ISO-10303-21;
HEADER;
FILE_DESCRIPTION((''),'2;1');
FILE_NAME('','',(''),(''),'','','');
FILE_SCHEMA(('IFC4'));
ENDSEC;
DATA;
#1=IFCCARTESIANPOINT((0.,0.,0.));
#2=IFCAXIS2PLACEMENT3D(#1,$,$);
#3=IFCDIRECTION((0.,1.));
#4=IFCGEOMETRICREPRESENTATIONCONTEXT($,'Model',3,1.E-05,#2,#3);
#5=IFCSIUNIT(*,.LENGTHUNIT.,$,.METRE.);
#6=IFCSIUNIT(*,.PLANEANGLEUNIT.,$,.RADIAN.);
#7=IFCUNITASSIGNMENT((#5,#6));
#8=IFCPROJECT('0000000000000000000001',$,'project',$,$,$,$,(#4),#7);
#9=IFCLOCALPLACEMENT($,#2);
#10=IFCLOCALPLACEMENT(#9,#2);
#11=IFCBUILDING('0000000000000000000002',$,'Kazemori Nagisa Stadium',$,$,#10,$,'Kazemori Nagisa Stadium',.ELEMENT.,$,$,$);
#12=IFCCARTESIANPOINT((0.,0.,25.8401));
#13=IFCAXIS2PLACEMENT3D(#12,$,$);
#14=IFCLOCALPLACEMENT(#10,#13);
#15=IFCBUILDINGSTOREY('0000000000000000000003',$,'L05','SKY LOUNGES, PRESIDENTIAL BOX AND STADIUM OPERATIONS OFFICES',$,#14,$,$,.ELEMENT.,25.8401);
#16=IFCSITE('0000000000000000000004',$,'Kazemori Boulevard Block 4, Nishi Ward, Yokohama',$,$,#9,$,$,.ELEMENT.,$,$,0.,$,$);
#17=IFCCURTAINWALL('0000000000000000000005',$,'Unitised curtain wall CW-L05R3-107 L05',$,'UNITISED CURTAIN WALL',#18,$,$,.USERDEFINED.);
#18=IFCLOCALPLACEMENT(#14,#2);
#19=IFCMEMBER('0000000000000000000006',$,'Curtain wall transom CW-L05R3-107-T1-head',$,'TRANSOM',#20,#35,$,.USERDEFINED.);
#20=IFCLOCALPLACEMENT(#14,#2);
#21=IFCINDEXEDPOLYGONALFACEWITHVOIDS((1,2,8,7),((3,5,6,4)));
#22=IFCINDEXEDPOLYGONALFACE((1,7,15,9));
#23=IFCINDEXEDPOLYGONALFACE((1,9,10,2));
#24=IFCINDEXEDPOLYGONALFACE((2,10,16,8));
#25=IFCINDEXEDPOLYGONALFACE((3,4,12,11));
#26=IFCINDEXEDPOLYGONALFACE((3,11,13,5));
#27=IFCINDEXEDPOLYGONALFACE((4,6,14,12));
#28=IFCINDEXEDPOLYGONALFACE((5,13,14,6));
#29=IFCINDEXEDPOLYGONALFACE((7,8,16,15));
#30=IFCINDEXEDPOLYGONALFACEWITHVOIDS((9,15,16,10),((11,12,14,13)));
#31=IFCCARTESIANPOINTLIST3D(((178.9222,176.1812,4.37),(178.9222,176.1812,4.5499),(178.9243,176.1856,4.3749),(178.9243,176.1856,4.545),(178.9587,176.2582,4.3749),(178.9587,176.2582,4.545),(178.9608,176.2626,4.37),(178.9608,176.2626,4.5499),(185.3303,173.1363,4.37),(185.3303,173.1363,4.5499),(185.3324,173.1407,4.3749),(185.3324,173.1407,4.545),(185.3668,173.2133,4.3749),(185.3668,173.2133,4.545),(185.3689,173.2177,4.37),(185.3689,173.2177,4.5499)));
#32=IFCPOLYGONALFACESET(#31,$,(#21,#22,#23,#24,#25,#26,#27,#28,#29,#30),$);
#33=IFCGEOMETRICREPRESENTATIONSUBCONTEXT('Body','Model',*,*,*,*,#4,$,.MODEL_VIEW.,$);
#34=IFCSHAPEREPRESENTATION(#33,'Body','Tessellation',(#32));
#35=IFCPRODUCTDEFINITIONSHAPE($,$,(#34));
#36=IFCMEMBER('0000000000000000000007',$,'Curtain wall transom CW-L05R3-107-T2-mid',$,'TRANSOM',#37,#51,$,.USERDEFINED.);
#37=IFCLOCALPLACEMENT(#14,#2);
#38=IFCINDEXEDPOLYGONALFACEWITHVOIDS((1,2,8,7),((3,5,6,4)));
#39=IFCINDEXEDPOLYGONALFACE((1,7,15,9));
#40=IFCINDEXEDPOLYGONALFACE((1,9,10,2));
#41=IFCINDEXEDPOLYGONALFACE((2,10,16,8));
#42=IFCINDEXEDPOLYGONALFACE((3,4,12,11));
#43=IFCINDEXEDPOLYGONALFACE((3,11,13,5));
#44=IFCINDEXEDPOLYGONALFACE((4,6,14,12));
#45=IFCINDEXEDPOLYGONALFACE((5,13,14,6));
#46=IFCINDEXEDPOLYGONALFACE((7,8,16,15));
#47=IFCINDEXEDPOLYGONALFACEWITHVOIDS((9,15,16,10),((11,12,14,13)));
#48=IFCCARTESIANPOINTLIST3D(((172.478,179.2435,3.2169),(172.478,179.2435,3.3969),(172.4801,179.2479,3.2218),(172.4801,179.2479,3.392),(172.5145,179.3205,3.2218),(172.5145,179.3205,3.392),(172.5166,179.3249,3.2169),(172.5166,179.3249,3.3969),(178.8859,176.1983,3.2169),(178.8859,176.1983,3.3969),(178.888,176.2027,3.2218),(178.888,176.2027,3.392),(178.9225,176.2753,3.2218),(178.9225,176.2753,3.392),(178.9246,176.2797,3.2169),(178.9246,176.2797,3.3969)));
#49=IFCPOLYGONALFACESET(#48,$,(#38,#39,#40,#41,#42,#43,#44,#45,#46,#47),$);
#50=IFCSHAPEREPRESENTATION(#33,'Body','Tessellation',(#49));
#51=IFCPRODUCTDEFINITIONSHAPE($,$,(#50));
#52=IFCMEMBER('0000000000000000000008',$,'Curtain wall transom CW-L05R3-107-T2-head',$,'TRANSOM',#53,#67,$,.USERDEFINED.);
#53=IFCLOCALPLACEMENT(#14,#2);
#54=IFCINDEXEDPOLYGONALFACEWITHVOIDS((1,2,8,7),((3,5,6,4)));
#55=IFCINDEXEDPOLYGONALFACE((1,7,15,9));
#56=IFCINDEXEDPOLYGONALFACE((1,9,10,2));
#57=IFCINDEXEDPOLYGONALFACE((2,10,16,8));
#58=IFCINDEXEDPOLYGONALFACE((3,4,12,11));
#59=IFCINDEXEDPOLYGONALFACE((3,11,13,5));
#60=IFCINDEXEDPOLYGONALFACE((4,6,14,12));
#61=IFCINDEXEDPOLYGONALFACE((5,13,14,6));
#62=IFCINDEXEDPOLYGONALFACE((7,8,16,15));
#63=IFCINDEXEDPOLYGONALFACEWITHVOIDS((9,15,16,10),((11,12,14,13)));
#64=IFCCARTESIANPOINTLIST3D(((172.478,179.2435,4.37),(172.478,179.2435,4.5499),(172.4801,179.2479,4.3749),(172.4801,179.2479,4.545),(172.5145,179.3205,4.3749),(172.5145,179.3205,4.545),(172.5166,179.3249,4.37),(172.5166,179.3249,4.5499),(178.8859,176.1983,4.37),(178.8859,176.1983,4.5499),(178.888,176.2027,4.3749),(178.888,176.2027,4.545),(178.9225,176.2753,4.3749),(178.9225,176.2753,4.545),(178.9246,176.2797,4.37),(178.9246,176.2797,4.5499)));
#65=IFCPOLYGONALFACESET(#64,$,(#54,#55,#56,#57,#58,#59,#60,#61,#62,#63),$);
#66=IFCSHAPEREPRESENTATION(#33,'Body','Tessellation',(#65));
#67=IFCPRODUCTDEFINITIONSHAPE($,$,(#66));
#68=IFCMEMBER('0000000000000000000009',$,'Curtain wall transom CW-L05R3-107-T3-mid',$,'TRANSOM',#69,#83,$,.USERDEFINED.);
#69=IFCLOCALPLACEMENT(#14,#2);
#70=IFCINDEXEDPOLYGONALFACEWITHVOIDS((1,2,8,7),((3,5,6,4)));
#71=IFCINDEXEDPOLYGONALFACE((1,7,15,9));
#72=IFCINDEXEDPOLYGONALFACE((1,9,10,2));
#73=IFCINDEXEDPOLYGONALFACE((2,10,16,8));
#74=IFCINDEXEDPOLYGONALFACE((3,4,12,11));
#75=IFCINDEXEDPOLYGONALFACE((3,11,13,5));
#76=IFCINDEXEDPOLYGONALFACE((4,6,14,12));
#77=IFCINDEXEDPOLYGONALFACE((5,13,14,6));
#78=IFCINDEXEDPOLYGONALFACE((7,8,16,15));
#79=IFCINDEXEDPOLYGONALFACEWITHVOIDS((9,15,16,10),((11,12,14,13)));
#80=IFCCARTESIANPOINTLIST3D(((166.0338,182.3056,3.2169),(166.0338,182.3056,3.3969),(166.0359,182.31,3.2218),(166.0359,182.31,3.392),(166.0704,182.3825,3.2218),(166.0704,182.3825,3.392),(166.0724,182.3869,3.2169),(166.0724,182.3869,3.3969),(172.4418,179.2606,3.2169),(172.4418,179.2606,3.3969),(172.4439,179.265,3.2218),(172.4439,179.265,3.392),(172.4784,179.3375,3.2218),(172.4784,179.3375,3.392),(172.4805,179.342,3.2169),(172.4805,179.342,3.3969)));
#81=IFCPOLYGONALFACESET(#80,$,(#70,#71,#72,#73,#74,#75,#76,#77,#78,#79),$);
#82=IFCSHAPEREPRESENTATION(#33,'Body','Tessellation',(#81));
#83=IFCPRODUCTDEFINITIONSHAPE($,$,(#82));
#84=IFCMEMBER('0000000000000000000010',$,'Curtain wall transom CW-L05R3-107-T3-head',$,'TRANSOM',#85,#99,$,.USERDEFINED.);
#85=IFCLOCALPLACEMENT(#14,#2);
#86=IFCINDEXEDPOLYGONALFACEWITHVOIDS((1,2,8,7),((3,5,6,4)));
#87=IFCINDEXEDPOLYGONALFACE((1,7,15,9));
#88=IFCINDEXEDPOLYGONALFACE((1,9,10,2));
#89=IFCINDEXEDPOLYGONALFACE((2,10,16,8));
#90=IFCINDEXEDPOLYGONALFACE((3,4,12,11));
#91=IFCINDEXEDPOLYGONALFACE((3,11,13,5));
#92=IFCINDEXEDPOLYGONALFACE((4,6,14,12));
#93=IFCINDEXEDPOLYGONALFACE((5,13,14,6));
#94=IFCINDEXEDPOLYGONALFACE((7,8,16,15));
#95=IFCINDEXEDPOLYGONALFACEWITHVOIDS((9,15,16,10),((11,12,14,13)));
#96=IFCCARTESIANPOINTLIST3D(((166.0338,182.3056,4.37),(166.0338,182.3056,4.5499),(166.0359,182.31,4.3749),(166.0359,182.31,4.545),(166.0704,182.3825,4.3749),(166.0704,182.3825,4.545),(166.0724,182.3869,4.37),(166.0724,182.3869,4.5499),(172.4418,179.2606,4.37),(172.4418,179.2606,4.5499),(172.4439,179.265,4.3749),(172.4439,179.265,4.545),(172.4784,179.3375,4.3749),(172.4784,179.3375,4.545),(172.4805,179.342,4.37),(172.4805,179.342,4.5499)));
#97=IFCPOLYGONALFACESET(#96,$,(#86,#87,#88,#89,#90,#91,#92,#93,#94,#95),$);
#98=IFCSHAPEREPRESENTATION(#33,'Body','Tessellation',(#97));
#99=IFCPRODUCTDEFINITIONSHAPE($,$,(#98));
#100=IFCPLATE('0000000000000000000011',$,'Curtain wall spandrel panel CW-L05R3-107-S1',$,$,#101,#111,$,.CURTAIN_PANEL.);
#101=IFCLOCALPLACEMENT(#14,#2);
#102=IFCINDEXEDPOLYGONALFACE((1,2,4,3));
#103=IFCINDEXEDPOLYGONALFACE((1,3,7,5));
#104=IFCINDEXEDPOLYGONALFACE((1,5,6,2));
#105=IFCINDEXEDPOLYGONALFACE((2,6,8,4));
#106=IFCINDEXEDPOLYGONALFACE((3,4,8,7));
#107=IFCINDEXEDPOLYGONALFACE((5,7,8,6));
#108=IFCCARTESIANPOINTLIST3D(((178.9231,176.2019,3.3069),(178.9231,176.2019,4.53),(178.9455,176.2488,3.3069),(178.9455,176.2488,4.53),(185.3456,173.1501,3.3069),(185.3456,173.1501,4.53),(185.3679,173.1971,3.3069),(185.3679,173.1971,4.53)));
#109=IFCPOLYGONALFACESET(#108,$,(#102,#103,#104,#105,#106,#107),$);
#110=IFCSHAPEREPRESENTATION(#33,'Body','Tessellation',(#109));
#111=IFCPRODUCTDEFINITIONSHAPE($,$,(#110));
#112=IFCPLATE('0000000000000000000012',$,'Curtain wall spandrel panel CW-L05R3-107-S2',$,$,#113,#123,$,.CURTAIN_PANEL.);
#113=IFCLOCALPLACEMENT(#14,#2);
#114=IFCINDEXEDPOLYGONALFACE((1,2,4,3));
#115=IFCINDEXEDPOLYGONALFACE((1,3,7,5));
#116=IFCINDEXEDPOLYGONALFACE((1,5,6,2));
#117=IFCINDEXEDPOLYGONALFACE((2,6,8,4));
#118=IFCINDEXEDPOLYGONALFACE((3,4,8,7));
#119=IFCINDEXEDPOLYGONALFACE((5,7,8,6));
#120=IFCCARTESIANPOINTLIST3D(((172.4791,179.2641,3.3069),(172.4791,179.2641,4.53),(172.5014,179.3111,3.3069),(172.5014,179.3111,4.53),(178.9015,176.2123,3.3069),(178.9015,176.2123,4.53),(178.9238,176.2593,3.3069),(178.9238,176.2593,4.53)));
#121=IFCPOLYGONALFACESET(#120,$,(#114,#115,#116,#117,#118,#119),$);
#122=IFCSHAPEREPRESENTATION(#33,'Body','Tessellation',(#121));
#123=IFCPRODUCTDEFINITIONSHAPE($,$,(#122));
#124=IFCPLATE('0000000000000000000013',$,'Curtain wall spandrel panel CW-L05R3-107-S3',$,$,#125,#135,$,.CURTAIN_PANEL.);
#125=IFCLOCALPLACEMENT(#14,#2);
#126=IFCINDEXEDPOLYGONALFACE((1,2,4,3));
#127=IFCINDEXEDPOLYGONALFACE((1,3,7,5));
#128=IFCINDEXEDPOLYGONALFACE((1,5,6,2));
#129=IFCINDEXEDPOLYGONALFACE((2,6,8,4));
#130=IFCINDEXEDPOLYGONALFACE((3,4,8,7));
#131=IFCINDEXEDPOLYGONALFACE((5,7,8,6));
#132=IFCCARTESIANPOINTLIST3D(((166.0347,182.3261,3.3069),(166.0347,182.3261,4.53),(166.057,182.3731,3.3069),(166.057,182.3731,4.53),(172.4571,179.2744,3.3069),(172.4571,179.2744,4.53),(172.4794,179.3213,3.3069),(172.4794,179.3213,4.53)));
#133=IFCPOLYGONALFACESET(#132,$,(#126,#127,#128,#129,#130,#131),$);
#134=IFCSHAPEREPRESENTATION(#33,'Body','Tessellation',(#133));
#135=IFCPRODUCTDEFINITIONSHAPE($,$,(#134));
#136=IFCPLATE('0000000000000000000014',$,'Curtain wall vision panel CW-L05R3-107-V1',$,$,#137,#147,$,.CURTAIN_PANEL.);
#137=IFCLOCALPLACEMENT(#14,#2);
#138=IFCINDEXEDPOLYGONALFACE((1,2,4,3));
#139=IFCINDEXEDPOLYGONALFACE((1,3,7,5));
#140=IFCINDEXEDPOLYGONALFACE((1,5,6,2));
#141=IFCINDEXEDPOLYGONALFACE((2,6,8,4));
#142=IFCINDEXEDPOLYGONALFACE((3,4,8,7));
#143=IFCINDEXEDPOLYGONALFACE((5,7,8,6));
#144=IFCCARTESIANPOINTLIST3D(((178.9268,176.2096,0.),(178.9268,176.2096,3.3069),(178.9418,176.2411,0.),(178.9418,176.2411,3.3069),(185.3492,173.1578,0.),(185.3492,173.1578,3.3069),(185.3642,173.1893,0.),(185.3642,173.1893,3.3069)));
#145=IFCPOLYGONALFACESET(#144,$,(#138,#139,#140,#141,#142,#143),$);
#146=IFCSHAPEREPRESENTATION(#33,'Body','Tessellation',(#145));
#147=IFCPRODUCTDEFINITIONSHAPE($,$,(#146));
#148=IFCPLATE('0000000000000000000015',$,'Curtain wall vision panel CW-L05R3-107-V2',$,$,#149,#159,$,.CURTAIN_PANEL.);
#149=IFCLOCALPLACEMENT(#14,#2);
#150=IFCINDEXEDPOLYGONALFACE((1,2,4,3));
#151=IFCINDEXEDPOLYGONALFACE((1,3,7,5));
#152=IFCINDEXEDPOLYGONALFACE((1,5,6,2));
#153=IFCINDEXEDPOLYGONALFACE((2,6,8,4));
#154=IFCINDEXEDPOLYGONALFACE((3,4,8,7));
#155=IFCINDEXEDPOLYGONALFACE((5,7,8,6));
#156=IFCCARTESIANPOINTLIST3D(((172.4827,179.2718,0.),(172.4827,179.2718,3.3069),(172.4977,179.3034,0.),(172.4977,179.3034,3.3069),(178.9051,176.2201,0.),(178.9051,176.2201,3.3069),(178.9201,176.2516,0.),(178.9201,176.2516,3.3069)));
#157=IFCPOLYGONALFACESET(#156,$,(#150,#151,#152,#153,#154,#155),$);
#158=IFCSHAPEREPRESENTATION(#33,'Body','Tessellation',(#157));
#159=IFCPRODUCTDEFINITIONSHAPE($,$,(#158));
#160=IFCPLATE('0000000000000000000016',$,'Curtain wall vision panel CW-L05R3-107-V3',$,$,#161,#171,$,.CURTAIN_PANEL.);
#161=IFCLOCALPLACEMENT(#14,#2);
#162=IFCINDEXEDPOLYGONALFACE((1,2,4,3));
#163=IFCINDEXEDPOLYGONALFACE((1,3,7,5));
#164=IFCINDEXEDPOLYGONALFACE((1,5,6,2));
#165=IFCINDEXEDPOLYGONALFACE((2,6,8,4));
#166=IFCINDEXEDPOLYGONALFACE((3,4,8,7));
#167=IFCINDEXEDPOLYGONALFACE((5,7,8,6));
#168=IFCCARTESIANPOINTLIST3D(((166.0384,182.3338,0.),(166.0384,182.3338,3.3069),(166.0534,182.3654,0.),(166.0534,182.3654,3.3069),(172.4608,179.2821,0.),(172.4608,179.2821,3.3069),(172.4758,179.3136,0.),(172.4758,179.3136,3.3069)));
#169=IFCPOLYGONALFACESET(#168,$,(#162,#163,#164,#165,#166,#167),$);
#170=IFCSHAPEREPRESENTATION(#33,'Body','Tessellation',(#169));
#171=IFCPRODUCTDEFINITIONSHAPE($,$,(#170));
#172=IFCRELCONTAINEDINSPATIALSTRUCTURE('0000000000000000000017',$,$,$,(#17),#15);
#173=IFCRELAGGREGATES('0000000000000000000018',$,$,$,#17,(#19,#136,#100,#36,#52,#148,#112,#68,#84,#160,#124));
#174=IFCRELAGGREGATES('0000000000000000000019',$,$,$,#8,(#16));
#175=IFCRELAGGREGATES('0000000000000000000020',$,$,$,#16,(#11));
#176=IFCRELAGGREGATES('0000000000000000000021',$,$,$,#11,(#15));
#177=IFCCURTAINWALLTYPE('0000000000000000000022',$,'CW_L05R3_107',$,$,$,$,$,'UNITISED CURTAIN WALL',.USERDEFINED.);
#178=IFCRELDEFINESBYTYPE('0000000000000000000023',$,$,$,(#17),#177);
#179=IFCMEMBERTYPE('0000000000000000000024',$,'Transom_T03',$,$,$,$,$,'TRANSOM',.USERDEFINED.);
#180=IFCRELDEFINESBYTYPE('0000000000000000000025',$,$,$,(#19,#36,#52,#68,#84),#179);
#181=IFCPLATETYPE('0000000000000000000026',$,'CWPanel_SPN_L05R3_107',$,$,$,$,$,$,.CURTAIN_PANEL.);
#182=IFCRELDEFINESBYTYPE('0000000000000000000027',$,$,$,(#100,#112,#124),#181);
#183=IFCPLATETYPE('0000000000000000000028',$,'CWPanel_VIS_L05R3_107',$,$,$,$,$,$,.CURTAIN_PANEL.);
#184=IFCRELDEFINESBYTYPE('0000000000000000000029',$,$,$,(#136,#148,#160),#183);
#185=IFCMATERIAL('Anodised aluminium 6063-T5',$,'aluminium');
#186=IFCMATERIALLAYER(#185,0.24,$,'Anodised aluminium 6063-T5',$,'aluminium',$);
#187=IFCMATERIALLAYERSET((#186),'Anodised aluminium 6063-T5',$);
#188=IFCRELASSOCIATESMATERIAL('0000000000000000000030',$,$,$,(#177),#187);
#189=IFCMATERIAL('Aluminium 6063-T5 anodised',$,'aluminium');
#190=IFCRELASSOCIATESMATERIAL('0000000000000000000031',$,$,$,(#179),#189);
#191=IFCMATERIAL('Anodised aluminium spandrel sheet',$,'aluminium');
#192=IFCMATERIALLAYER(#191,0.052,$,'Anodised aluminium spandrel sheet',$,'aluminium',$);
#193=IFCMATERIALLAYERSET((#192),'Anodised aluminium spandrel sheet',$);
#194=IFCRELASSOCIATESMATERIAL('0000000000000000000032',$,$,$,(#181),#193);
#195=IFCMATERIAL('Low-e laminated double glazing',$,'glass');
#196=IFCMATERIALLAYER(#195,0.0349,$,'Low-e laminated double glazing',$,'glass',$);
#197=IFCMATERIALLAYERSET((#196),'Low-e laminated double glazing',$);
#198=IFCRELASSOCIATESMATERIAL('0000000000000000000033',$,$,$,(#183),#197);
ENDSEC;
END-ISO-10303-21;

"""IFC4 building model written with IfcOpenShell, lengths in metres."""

from ifc_helpers import new_model, si_unit, direction, frame, origin, origin_2d, place, context, subcontext, project, spatial, rectangle, hollow_rectangle, extrude, material, layer, layer_set, material_profile, profile_set, type_object, element, aggregate, save


model = new_model("IFC4")

# Units and contexts
model_context = context("Model", 3, precision=1e-05, world=origin(), true_north=direction((0.0, 1.0)))
body_context = subcontext(model_context, "Body", "Model", "MODEL_VIEW")
ifc_project = project(units=[si_unit("LENGTHUNIT", "METRE"), si_unit("PLANEANGLEUNIT", "RADIAN")], contexts=[model_context])

# Site, building, storey
site_placement = place(None, origin())
site = spatial("IfcSite", under=ifc_project, at=site_placement, Name="Kazemori Boulevard Block 4, Nishi Ward, Yokohama", CompositionType="ELEMENT", RefElevation=0.0)
building_placement = place(site_placement, origin())
building = spatial("IfcBuilding", under=site, at=building_placement, Name="Kazemori Nagisa Stadium", LongName="Kazemori Nagisa Stadium", CompositionType="ELEMENT")
storey_placement = place(building_placement, frame((0.0, 0.0, 25.8401)))
storey = spatial("IfcBuildingStorey", under=building, at=storey_placement, Name="L05", Description="SKY LOUNGES, PRESIDENTIAL BOX AND STADIUM OPERATIONS OFFICES", CompositionType="ELEMENT", Elevation=25.8401)

# Curtain wall, members, plates
ifc_material_1 = material(Name="Anodised aluminium 6063-T5", Category="aluminium")
ifc_layer_1 = layer(ifc_material_1, 0.24, Name="Anodised aluminium 6063-T5", Category="aluminium")
ifc_layer_set_1 = layer_set([ifc_layer_1], Name="Anodised aluminium 6063-T5")
curtain_wall_type = type_object("IfcCurtainWallType", Name="CW_L05R3_107", ElementType="UNITISED CURTAIN WALL", PredefinedType="USERDEFINED", material=ifc_layer_set_1)
curtain_wall_placement = place(storey_placement, origin())
curtain_wall = element("IfcCurtainWall", 1, at=curtain_wall_placement, inside=storey, type_object=curtain_wall_type, Name="Unitised curtain wall CW-L05R3-107 L05", ObjectType="UNITISED CURTAIN WALL", PredefinedType="USERDEFINED")
ifc_material_2 = material(Name="Aluminium 6063-T5 anodised", Category="aluminium")
ifc_material_profile_1 = material_profile(ifc_material_2, hollow_rectangle(XDim=0.0901, YDim=0.1799, WallThickness=0.0049, at=origin_2d()), Name="ALU-TRAN-90x180x5")
ifc_profile_set_1 = profile_set([ifc_material_profile_1], Name="Aluminium 6063-T5 anodised")
member_type_1 = type_object("IfcMemberType", Name="Transom_T03", ElementType="TRANSOM", PredefinedType="USERDEFINED", material=ifc_profile_set_1)
member_1_placement = place(storey_placement, frame((185.3496, 173.177, 4.46), z_axis=(-0.903221, 0.429175, 0.0), x_axis=(-0.429175, -0.903221, 0.0)))
member_1 = element("IfcMember", 2, at=member_1_placement, type_object=member_type_1, Name="Curtain wall transom CW-L05R3-107-T1-head", ObjectType="TRANSOM", PredefinedType="USERDEFINED", context=body_context, shape_type="SweptSolid", body=[
    extrude(hollow_rectangle(XDim=0.0901, YDim=0.1799, WallThickness=0.0049, at=origin_2d()), origin(), (0.0, 0.0, 1.0), 7.0947),
])
member_2_placement = place(storey_placement, frame((178.9053, 176.239, 3.3069), z_axis=(-0.903202, 0.429216, 0.0), x_axis=(-0.429216, -0.903202, 0.0)))
member_2 = element("IfcMember", 3, at=member_2_placement, type_object=member_type_1, Name="Curtain wall transom CW-L05R3-107-T2-mid", ObjectType="TRANSOM", PredefinedType="USERDEFINED", context=body_context, shape_type="SweptSolid", body=[
    extrude(hollow_rectangle(XDim=0.0901, YDim=0.1799, WallThickness=0.0049, at=origin_2d()), origin(), (0.0, 0.0, 1.0), 7.0947),
])
member_3_placement = place(storey_placement, frame((178.9053, 176.239, 4.46), z_axis=(-0.903202, 0.429216, 0.0), x_axis=(-0.429216, -0.903202, 0.0)))
member_3 = element("IfcMember", 4, at=member_3_placement, type_object=member_type_1, Name="Curtain wall transom CW-L05R3-107-T2-head", ObjectType="TRANSOM", PredefinedType="USERDEFINED", context=body_context, shape_type="SweptSolid", body=[
    extrude(hollow_rectangle(XDim=0.0901, YDim=0.1799, WallThickness=0.0049, at=origin_2d()), origin(), (0.0, 0.0, 1.0), 7.0947),
])
member_4_placement = place(storey_placement, frame((172.4612, 179.3013, 3.3069), z_axis=(-0.903215, 0.429188, 0.0), x_axis=(-0.429188, -0.903215, 0.0)))
member_4 = element("IfcMember", 5, at=member_4_placement, type_object=member_type_1, Name="Curtain wall transom CW-L05R3-107-T3-mid", ObjectType="TRANSOM", PredefinedType="USERDEFINED", context=body_context, shape_type="SweptSolid", body=[
    extrude(hollow_rectangle(XDim=0.0901, YDim=0.1799, WallThickness=0.0049, at=origin_2d()), origin(), (0.0, 0.0, 1.0), 7.0947),
])
member_5_placement = place(storey_placement, frame((172.4612, 179.3013, 4.46), z_axis=(-0.903215, 0.429188, 0.0), x_axis=(-0.429188, -0.903215, 0.0)))
member_5 = element("IfcMember", 6, at=member_5_placement, type_object=member_type_1, Name="Curtain wall transom CW-L05R3-107-T3-head", ObjectType="TRANSOM", PredefinedType="USERDEFINED", context=body_context, shape_type="SweptSolid", body=[
    extrude(hollow_rectangle(XDim=0.0901, YDim=0.1799, WallThickness=0.0049, at=origin_2d()), origin(), (0.0, 0.0, 1.0), 7.0947),
])
ifc_material_3 = material(Name="Anodised aluminium spandrel sheet", Category="aluminium")
ifc_layer_2 = layer(ifc_material_3, 0.052, Name="Anodised aluminium spandrel sheet", Category="aluminium")
ifc_layer_set_2 = layer_set([ifc_layer_2], Name="Anodised aluminium spandrel sheet")
plate_type_1 = type_object("IfcPlateType", Name="CWPanel_SPN_L05R3_107", PredefinedType="CURTAIN_PANEL", material=ifc_layer_set_2)
plate_1_placement = place(storey_placement, frame((182.1455, 174.6995, 3.3069), z_axis=(0.0, 0.0, 1.0), x_axis=(-0.903216, 0.429186, 0.0)))
plate_1 = element("IfcPlate", 7, at=plate_1_placement, type_object=plate_type_1, Name="Curtain wall spandrel panel CW-L05R3-107-S1", PredefinedType="CURTAIN_PANEL", context=body_context, shape_type="SweptSolid", body=[
    extrude(rectangle(XDim=7.1106, YDim=0.052, at=origin_2d()), origin(), (0.0, 0.0, 1.0), 1.2231),
])
plate_2_placement = place(storey_placement, frame((175.7014, 177.7617, 3.3069), z_axis=(0.0, 0.0, 1.0), x_axis=(-0.903216, 0.429186, 0.0)))
plate_2 = element("IfcPlate", 8, at=plate_2_placement, type_object=plate_type_1, Name="Curtain wall spandrel panel CW-L05R3-107-S2", PredefinedType="CURTAIN_PANEL", context=body_context, shape_type="SweptSolid", body=[
    extrude(rectangle(XDim=7.1106, YDim=0.052, at=origin_2d()), origin(), (0.0, 0.0, 1.0), 1.2231),
])
plate_3_placement = place(storey_placement, frame((169.2571, 180.8237, 3.3069), z_axis=(0.0, 0.0, 1.0), x_axis=(-0.903216, 0.429186, 0.0)))
plate_3 = element("IfcPlate", 9, at=plate_3_placement, type_object=plate_type_1, Name="Curtain wall spandrel panel CW-L05R3-107-S3", PredefinedType="CURTAIN_PANEL", context=body_context, shape_type="SweptSolid", body=[
    extrude(rectangle(XDim=7.1106, YDim=0.052, at=origin_2d()), origin(), (0.0, 0.0, 1.0), 1.2231),
])
ifc_material_4 = material(Name="Low-e laminated double glazing", Category="glass")
ifc_layer_3 = layer(ifc_material_4, 0.0349, Name="Low-e laminated double glazing", Category="glass")
ifc_layer_set_3 = layer_set([ifc_layer_3], Name="Low-e laminated double glazing")
plate_type_2 = type_object("IfcPlateType", Name="CWPanel_VIS_L05R3_107", PredefinedType="CURTAIN_PANEL", material=ifc_layer_set_3)
plate_4_placement = place(storey_placement, frame((182.1455, 174.6995, 0.0), z_axis=(0.0, 0.0, 1.0), x_axis=(-0.903216, 0.429186, 0.0)))
plate_4 = element("IfcPlate", 10, at=plate_4_placement, type_object=plate_type_2, Name="Curtain wall vision panel CW-L05R3-107-V1", PredefinedType="CURTAIN_PANEL", context=body_context, shape_type="SweptSolid", body=[
    extrude(rectangle(XDim=7.1106, YDim=0.0349, at=origin_2d()), origin(), (0.0, 0.0, 1.0), 3.3069),
])
plate_5_placement = place(storey_placement, frame((175.7014, 177.7617, 0.0), z_axis=(0.0, 0.0, 1.0), x_axis=(-0.903216, 0.429186, 0.0)))
plate_5 = element("IfcPlate", 11, at=plate_5_placement, type_object=plate_type_2, Name="Curtain wall vision panel CW-L05R3-107-V2", PredefinedType="CURTAIN_PANEL", context=body_context, shape_type="SweptSolid", body=[
    extrude(rectangle(XDim=7.1106, YDim=0.0349, at=origin_2d()), origin(), (0.0, 0.0, 1.0), 3.3069),
])
plate_6_placement = place(storey_placement, frame((169.2571, 180.8237, 0.0), z_axis=(0.0, 0.0, 1.0), x_axis=(-0.903216, 0.429186, 0.0)))
plate_6 = element("IfcPlate", 12, at=plate_6_placement, type_object=plate_type_2, Name="Curtain wall vision panel CW-L05R3-107-V3", PredefinedType="CURTAIN_PANEL", context=body_context, shape_type="SweptSolid", body=[
    extrude(rectangle(XDim=7.1106, YDim=0.0349, at=origin_2d()), origin(), (0.0, 0.0, 1.0), 3.3069),
])
aggregate(curtain_wall, [member_1, plate_4, plate_1, member_2, member_3, plate_5, plate_2, member_4, member_5, plate_6, plate_3])

save(model, "model.ifc")
